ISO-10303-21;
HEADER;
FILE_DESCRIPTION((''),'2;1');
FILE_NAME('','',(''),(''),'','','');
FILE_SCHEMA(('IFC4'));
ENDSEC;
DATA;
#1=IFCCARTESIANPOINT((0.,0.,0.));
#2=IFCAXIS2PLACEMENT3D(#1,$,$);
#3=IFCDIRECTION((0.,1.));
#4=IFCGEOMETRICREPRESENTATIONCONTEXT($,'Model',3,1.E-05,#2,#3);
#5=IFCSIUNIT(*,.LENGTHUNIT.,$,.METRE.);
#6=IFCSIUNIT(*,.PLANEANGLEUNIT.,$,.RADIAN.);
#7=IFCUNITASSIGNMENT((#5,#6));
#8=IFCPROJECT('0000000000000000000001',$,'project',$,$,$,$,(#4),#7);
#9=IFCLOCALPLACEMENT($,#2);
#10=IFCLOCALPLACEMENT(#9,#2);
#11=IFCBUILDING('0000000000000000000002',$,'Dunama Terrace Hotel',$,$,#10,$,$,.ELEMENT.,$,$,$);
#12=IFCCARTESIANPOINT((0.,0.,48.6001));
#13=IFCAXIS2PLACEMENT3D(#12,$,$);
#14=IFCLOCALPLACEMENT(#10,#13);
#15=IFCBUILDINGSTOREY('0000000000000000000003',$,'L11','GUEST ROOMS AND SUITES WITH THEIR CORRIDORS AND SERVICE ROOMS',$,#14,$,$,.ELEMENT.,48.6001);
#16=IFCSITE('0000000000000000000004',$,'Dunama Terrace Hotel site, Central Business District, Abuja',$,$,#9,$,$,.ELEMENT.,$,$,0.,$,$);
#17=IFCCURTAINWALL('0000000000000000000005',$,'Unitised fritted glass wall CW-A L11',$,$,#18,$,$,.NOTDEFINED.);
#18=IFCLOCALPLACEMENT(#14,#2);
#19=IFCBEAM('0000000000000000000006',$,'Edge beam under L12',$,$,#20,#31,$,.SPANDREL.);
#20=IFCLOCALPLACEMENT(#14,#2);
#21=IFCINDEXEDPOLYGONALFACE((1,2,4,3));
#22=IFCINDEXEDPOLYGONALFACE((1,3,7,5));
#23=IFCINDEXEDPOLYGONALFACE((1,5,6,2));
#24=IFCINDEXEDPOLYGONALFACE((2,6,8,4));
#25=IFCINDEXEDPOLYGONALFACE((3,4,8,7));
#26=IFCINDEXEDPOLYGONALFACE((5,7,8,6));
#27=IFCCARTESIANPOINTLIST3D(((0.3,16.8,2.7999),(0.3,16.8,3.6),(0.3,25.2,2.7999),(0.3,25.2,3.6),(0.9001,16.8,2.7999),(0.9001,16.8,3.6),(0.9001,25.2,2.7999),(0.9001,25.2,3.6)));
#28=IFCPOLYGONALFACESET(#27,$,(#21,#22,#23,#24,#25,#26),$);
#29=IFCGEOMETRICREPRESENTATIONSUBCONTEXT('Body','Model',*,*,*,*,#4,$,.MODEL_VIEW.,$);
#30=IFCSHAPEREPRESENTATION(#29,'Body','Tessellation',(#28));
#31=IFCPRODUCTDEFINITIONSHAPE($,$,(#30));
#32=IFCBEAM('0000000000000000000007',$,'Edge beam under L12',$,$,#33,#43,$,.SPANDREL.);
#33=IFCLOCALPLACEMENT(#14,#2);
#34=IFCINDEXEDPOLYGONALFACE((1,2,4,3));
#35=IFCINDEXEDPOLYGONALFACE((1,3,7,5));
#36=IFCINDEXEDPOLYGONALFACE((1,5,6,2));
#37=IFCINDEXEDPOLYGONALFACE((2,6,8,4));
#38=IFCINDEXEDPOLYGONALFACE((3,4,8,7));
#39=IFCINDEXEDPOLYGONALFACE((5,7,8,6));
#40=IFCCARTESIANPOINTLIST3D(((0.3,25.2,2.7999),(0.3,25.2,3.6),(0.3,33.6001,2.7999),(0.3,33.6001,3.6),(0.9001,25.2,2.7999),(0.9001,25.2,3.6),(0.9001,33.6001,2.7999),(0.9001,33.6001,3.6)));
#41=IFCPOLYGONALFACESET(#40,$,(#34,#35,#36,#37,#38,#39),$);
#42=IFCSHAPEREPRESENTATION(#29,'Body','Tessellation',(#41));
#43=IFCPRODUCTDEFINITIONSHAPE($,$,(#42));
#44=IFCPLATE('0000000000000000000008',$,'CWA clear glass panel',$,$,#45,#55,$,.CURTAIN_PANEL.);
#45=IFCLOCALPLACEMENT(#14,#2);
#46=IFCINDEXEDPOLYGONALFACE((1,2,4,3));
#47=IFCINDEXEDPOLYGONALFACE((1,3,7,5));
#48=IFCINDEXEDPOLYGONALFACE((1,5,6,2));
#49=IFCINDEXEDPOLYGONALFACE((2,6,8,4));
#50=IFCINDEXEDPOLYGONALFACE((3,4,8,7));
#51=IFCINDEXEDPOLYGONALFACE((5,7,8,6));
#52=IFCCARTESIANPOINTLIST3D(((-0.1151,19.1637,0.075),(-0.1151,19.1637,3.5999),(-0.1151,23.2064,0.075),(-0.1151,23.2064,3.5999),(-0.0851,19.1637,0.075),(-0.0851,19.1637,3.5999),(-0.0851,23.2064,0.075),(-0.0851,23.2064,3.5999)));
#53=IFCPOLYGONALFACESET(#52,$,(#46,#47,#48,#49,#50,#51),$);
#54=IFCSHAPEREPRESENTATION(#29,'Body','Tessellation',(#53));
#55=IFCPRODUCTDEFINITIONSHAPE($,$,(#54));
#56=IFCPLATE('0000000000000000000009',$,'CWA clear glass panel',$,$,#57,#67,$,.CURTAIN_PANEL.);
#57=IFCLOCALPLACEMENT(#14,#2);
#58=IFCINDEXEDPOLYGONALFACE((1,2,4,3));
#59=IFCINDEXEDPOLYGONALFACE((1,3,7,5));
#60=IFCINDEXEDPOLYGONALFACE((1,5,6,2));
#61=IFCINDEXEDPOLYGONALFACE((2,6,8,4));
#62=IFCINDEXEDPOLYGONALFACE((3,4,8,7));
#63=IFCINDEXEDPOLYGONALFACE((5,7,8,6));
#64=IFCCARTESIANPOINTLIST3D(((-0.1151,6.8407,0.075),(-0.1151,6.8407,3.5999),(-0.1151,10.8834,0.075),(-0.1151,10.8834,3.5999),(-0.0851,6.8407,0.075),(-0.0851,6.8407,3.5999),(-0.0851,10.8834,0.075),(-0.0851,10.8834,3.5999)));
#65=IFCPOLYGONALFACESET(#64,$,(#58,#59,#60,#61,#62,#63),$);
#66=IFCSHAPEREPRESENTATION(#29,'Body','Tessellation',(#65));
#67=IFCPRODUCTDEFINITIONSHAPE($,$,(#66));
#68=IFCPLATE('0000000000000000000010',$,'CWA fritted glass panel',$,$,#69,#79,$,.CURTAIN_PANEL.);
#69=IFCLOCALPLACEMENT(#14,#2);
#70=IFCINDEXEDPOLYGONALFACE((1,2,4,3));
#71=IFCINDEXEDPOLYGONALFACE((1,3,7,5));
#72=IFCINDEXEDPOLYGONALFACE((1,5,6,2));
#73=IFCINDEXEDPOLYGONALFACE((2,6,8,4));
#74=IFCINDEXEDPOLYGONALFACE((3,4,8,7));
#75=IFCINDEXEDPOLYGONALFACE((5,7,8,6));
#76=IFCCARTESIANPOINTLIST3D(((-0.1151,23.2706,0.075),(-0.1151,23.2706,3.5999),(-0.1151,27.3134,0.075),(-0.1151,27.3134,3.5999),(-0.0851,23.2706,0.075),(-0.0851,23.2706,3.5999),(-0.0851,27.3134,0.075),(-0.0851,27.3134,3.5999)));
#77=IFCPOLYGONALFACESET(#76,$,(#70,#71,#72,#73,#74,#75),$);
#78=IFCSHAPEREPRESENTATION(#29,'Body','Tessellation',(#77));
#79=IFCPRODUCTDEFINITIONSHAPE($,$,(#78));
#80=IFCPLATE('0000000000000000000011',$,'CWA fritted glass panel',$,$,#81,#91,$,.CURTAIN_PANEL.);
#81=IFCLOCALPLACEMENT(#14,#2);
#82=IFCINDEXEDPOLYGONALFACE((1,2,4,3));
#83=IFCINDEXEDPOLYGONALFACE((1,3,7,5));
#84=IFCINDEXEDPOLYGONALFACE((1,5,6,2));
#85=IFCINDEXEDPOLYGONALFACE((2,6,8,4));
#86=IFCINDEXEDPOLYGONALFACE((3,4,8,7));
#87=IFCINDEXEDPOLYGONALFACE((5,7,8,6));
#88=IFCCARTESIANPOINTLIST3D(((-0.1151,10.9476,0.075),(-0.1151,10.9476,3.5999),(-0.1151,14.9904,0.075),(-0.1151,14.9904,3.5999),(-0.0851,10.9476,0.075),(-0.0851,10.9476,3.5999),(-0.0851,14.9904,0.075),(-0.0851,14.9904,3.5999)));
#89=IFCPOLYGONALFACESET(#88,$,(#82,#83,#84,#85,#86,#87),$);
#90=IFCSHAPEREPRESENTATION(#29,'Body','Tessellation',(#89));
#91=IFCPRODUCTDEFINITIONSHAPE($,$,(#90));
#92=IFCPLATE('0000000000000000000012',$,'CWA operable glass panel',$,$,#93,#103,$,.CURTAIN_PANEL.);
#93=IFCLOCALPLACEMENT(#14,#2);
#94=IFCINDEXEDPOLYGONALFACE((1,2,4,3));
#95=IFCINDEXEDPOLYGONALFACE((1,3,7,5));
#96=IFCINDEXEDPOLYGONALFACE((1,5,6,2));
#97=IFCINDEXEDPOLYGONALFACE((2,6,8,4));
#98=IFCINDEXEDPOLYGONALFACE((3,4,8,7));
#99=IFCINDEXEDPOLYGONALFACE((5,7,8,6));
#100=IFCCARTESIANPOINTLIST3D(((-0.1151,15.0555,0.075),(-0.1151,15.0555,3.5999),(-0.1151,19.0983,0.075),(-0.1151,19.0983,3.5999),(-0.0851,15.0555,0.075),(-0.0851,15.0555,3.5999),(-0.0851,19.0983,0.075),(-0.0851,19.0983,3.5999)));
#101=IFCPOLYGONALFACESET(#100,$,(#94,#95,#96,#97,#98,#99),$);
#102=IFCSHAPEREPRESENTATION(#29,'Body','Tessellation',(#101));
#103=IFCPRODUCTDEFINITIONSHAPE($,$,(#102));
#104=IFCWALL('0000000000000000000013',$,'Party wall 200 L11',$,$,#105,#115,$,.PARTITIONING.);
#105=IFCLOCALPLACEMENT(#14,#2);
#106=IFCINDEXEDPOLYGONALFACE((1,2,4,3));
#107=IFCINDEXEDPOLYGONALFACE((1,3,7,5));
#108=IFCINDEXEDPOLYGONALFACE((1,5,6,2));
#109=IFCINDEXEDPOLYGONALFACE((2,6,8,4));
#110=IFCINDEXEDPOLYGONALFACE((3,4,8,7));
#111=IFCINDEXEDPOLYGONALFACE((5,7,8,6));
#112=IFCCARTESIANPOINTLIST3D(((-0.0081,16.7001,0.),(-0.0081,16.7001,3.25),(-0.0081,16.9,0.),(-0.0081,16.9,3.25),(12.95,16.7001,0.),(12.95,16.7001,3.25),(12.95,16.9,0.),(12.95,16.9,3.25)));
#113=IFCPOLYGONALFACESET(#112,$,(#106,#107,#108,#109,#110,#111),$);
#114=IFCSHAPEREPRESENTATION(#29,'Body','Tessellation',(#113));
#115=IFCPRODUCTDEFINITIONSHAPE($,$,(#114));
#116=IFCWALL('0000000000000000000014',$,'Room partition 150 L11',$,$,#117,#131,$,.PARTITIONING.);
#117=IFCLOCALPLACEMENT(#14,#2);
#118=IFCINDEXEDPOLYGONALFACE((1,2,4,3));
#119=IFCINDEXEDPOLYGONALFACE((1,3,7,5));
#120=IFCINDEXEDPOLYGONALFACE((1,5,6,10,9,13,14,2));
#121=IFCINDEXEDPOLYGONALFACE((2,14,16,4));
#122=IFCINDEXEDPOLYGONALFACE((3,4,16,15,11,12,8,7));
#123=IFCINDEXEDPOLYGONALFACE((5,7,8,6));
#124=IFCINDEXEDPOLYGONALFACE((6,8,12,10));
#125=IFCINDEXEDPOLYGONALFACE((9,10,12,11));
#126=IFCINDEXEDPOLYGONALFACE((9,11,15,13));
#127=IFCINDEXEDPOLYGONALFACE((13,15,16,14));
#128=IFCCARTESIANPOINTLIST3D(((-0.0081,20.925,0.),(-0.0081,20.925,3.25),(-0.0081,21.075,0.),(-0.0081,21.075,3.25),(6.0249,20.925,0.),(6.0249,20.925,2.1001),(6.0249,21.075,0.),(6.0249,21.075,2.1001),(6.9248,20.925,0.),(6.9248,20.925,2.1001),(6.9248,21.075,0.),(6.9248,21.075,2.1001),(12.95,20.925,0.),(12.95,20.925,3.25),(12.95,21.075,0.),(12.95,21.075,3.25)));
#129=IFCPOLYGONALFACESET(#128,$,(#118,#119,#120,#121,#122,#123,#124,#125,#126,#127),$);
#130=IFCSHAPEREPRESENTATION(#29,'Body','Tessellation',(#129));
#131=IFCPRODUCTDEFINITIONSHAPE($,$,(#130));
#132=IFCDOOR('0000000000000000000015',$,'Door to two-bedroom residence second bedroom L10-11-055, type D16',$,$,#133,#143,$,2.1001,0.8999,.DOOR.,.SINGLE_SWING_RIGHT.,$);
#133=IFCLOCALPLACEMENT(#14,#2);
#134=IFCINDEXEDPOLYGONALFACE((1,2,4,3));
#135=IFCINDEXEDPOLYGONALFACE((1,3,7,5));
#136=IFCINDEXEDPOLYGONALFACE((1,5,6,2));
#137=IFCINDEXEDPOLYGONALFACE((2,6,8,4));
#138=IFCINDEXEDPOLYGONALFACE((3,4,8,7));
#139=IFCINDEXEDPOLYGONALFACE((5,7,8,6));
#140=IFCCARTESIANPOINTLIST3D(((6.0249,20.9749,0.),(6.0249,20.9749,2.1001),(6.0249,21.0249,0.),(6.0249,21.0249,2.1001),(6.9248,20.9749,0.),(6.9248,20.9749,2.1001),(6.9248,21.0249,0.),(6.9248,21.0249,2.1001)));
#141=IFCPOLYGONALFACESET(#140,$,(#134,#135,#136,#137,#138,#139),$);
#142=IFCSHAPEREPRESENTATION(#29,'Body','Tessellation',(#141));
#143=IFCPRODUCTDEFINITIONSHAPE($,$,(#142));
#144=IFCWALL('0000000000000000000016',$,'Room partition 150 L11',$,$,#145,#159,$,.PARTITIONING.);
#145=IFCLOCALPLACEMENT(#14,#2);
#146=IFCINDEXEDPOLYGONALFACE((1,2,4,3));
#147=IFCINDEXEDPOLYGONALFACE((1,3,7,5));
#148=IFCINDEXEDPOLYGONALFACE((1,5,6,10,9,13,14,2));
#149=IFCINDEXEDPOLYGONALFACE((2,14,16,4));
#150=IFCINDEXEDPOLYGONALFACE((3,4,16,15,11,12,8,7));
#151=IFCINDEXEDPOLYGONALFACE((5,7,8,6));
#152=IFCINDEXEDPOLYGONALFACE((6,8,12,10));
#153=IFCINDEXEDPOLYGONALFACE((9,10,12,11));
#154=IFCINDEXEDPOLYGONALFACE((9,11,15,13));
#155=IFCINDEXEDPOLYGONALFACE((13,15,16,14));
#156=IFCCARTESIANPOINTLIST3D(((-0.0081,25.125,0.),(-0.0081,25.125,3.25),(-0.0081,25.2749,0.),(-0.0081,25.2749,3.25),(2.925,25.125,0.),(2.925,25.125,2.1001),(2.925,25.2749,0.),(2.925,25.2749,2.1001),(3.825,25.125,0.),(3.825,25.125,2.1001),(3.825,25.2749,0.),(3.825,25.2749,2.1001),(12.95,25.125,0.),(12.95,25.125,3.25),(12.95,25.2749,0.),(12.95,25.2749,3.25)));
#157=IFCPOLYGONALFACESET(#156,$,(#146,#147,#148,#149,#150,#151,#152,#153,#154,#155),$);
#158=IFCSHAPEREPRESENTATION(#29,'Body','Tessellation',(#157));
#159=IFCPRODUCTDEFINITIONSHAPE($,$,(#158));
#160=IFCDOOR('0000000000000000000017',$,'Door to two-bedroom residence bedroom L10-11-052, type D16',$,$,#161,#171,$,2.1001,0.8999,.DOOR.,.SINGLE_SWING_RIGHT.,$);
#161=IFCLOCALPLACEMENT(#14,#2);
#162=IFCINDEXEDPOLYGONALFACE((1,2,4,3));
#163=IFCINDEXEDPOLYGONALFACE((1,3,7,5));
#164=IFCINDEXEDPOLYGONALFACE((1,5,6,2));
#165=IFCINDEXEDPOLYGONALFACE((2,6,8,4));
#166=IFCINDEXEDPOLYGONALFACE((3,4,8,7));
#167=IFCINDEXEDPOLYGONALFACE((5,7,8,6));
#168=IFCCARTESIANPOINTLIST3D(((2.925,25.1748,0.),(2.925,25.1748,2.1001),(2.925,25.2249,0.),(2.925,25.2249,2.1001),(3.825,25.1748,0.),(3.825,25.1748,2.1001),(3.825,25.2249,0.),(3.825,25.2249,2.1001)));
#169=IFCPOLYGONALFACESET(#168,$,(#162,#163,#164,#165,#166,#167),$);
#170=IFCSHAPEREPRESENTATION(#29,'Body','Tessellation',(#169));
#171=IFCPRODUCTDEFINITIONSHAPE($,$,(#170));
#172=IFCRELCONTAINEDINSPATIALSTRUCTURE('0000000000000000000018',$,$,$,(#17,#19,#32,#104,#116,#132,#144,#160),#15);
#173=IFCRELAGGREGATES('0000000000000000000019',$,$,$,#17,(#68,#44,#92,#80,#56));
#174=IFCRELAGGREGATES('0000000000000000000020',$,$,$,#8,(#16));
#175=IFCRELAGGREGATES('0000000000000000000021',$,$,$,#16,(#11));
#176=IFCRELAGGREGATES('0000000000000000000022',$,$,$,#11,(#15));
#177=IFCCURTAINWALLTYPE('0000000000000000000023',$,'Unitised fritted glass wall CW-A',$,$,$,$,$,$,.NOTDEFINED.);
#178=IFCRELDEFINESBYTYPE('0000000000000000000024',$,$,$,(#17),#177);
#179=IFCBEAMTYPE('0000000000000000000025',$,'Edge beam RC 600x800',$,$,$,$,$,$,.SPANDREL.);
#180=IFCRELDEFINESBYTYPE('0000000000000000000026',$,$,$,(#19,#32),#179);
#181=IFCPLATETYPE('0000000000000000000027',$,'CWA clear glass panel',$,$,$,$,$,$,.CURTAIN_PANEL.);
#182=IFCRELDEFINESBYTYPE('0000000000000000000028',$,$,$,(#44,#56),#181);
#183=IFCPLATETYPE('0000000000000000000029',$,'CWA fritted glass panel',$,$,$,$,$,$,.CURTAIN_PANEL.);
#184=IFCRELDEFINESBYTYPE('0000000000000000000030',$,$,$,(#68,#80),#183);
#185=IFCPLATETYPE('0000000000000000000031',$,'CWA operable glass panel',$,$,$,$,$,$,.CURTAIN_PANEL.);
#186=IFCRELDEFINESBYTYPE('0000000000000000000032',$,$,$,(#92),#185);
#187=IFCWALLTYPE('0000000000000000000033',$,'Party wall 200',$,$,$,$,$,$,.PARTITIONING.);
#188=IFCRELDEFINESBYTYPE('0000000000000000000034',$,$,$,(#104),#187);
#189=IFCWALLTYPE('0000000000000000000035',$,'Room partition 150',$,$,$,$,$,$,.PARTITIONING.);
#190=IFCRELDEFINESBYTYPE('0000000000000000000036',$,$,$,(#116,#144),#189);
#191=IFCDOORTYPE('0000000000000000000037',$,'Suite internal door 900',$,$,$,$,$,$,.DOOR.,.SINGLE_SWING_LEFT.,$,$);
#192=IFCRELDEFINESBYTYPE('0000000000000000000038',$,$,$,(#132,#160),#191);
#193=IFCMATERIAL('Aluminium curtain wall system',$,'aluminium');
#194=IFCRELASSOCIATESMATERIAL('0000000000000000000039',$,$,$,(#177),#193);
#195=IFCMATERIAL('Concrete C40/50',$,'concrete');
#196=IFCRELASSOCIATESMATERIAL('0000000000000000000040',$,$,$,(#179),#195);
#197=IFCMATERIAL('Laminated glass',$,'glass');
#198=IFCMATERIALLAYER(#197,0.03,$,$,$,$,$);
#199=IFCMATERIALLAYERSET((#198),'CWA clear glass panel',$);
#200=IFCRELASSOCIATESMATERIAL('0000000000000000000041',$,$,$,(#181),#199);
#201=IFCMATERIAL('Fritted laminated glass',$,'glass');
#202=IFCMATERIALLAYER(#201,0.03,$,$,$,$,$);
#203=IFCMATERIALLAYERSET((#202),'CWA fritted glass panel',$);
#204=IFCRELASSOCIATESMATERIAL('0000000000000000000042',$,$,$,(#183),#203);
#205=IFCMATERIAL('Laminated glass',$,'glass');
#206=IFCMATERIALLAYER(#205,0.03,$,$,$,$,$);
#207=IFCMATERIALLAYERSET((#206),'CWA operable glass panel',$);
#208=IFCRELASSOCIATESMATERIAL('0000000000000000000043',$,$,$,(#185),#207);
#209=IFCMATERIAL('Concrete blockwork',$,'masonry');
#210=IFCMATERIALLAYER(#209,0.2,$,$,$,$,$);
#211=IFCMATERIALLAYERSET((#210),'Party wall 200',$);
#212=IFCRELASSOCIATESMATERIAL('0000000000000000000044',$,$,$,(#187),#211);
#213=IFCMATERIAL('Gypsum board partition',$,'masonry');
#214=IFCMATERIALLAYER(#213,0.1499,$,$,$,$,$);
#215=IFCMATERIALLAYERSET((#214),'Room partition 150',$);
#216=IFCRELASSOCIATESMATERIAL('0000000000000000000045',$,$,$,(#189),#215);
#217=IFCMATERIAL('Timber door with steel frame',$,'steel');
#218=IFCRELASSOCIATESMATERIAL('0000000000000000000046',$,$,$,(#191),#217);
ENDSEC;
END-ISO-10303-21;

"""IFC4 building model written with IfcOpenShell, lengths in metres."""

from ifc_helpers import new_model, si_unit, direction, frame, frame_2d, origin, origin_2d, place, context, subcontext, project, spatial, rectangle, extrude, material, layer, layer_set, material_profile, profile_set, type_object, element, fill, aggregate, save


model = new_model("IFC4")

# Units and contexts
model_context = context("Model", 3, precision=1e-05, world=origin(), true_north=direction((0.0, 1.0)))
body_context = subcontext(model_context, "Body", "Model", "MODEL_VIEW")
ifc_project = project(units=[si_unit("LENGTHUNIT", "METRE"), si_unit("PLANEANGLEUNIT", "RADIAN")], contexts=[model_context])

# Site, building, storey
site_placement = place(None, origin())
site = spatial("IfcSite", under=ifc_project, at=site_placement, Name="Dunama Terrace Hotel site, Central Business District, Abuja", CompositionType="ELEMENT", RefElevation=0.0)
building_placement = place(site_placement, origin())
building = spatial("IfcBuilding", under=site, at=building_placement, Name="Dunama Terrace Hotel", CompositionType="ELEMENT")
storey_placement = place(building_placement, frame((0.0, 0.0, 48.6001)))
storey = spatial("IfcBuildingStorey", under=building, at=storey_placement, Name="L11", Description="GUEST ROOMS AND SUITES WITH THEIR CORRIDORS AND SERVICE ROOMS", CompositionType="ELEMENT", Elevation=48.6001)

# Curtain wall
ifc_material_1 = material(Name="Aluminium curtain wall system", Category="aluminium")
curtain_wall_type = type_object("IfcCurtainWallType", Name="Unitised fritted glass wall CW-A", PredefinedType="NOTDEFINED", material=ifc_material_1)
curtain_wall_placement = place(storey_placement, origin())
curtain_wall = element("IfcCurtainWall", 1, at=curtain_wall_placement, inside=storey, type_object=curtain_wall_type, Name="Unitised fritted glass wall CW-A L11", PredefinedType="NOTDEFINED")

# Beams
ifc_material_2 = material(Name="Concrete C40/50", Category="concrete")
ifc_material_profile_1 = material_profile(ifc_material_2, rectangle(XDim=0.6001, YDim=0.8, at=origin_2d()), Name="RC 600x800")
ifc_profile_set_1 = profile_set([ifc_material_profile_1], Name="Concrete C40/50")
beam_type = type_object("IfcBeamType", Name="Edge beam RC 600x800", PredefinedType="SPANDREL", material=ifc_profile_set_1)
beam_1_placement = place(storey_placement, frame((0.6001, 16.8, 3.2), z_axis=(0.0, 1.0, 0.0), x_axis=(-1.0, 0.0, 0.0)))
element("IfcBeam", 2, at=beam_1_placement, inside=storey, type_object=beam_type, Name="Edge beam under L12", PredefinedType="SPANDREL", context=body_context, shape_type="SweptSolid", body=[
    extrude(rectangle(XDim=0.6001, YDim=0.8, at=origin_2d()), origin(), (0.0, 0.0, 1.0), 8.3999),
])
beam_2_placement = place(storey_placement, frame((0.6001, 25.2, 3.2), z_axis=(0.0, 1.0, 0.0), x_axis=(-1.0, 0.0, 0.0)))
element("IfcBeam", 3, at=beam_2_placement, inside=storey, type_object=beam_type, Name="Edge beam under L12", PredefinedType="SPANDREL", context=body_context, shape_type="SweptSolid", body=[
    extrude(rectangle(XDim=0.6001, YDim=0.8, at=origin_2d()), origin(), (0.0, 0.0, 1.0), 8.4001),
])

# Plates
ifc_material_3 = material(Name="Laminated glass", Category="glass")
ifc_layer_1 = layer(ifc_material_3, 0.03)
ifc_layer_set_1 = layer_set([ifc_layer_1], Name="CWA clear glass panel")
plate_type_1 = type_object("IfcPlateType", Name="CWA clear glass panel", PredefinedType="CURTAIN_PANEL", material=ifc_layer_set_1)
plate_1_placement = place(storey_placement, frame((-0.1001, 21.1851, 0.075), z_axis=(0.0, 0.0, 1.0), x_axis=(0.0, -1.0, 0.0)))
plate_1 = element("IfcPlate", 4, at=plate_1_placement, type_object=plate_type_1, Name="CWA clear glass panel", PredefinedType="CURTAIN_PANEL", context=body_context, shape_type="SweptSolid", body=[
    extrude(rectangle(XDim=4.0427, YDim=0.03, at=origin_2d()), origin(), (0.0, 0.0, 1.0), 3.5249),
])
plate_2_placement = place(storey_placement, frame((-0.1001, 8.8621, 0.075), z_axis=(0.0, 0.0, 1.0), x_axis=(0.0, -1.0, 0.0)))
plate_2 = element("IfcPlate", 5, at=plate_2_placement, type_object=plate_type_1, Name="CWA clear glass panel", PredefinedType="CURTAIN_PANEL", context=body_context, shape_type="SweptSolid", body=[
    extrude(rectangle(XDim=4.0427, YDim=0.03, at=origin_2d()), origin(), (0.0, 0.0, 1.0), 3.5249),
])
ifc_material_4 = material(Name="Fritted laminated glass", Category="glass")
ifc_layer_2 = layer(ifc_material_4, 0.03)
ifc_layer_set_2 = layer_set([ifc_layer_2], Name="CWA fritted glass panel")
plate_type_2 = type_object("IfcPlateType", Name="CWA fritted glass panel", PredefinedType="CURTAIN_PANEL", material=ifc_layer_set_2)
plate_3_placement = place(storey_placement, frame((-0.1001, 25.292, 0.075), z_axis=(0.0, 0.0, 1.0), x_axis=(0.0, -1.0, 0.0)))
plate_3 = element("IfcPlate", 6, at=plate_3_placement, type_object=plate_type_2, Name="CWA fritted glass panel", PredefinedType="CURTAIN_PANEL", context=body_context, shape_type="SweptSolid", body=[
    extrude(rectangle(XDim=4.0427, YDim=0.03, at=origin_2d()), origin(), (0.0, 0.0, 1.0), 3.5249),
])
plate_4_placement = place(storey_placement, frame((-0.1001, 12.969, 0.075), z_axis=(0.0, 0.0, 1.0), x_axis=(0.0, -1.0, 0.0)))
plate_4 = element("IfcPlate", 7, at=plate_4_placement, type_object=plate_type_2, Name="CWA fritted glass panel", PredefinedType="CURTAIN_PANEL", context=body_context, shape_type="SweptSolid", body=[
    extrude(rectangle(XDim=4.0427, YDim=0.03, at=origin_2d()), origin(), (0.0, 0.0, 1.0), 3.5249),
])
ifc_material_5 = material(Name="Laminated glass", Category="glass")
ifc_layer_3 = layer(ifc_material_5, 0.03)
ifc_layer_set_3 = layer_set([ifc_layer_3], Name="CWA operable glass panel")
plate_type_3 = type_object("IfcPlateType", Name="CWA operable glass panel", PredefinedType="CURTAIN_PANEL", material=ifc_layer_set_3)
plate_5_placement = place(storey_placement, frame((-0.1001, 17.0769, 0.075), z_axis=(0.0, 0.0, 1.0), x_axis=(0.0, -1.0, 0.0)))
plate_5 = element("IfcPlate", 8, at=plate_5_placement, type_object=plate_type_3, Name="CWA operable glass panel", PredefinedType="CURTAIN_PANEL", context=body_context, shape_type="SweptSolid", body=[
    extrude(rectangle(XDim=4.0427, YDim=0.03, at=origin_2d()), origin(), (0.0, 0.0, 1.0), 3.5249),
])
aggregate(curtain_wall, [plate_3, plate_1, plate_5, plate_4, plate_2])

# Wall
ifc_material_6 = material(Name="Concrete blockwork", Category="masonry")
ifc_layer_4 = layer(ifc_material_6, 0.2)
ifc_layer_set_4 = layer_set([ifc_layer_4], Name="Party wall 200")
wall_type_1 = type_object("IfcWallType", Name="Party wall 200", PredefinedType="PARTITIONING", material=ifc_layer_set_4)
wall_1_placement = place(storey_placement, frame((-0.0081, 16.8, 0.0), z_axis=(0.0, 0.0, 1.0), x_axis=(1.0, 0.0, 0.0)))
element("IfcWall", 9, at=wall_1_placement, inside=storey, type_object=wall_type_1, Name="Party wall 200 L11", PredefinedType="PARTITIONING", context=body_context, shape_type="SweptSolid", body=[
    extrude(rectangle(XDim=12.958, YDim=0.2, at=frame_2d((6.479, 0.0))), origin(), (0.0, 0.0, 1.0), 3.25),
])

# Walls, openings, doors
ifc_material_7 = material(Name="Gypsum board partition", Category="masonry")
ifc_layer_5 = layer(ifc_material_7, 0.1499)
ifc_layer_set_5 = layer_set([ifc_layer_5], Name="Room partition 150")
wall_type_2 = type_object("IfcWallType", Name="Room partition 150", PredefinedType="PARTITIONING", material=ifc_layer_set_5)
wall_2_placement = place(storey_placement, frame((-0.0081, 21.0, 0.0), z_axis=(0.0, 0.0, 1.0), x_axis=(1.0, 0.0, 0.0)))
wall_2 = element("IfcWall", 10, at=wall_2_placement, inside=storey, type_object=wall_type_2, Name="Room partition 150 L11", PredefinedType="PARTITIONING", context=body_context, shape_type="SweptSolid", body=[
    extrude(rectangle(XDim=12.958, YDim=0.1499, at=frame_2d((6.479, 0.0))), origin(), (0.0, 0.0, 1.0), 3.25),
])
opening_1_placement = place(wall_2_placement, frame((6.033, 0.0, 0.0)))
opening_1 = element("IfcOpeningElement", 11, at=opening_1_placement, cuts=wall_2, PredefinedType="OPENING", context=body_context, shape_type="SweptSolid", body=[
    extrude(rectangle(XDim=0.8999, YDim=2.1001, at=frame_2d((0.45, 1.05))), frame((0.0, 0.085, 0.0), z_axis=(0.0, -1.0, 0.0), x_axis=(1.0, 0.0, 0.0)), (0.0, 0.0, 1.0), 0.1699),
])
ifc_material_8 = material(Name="Timber door with steel frame", Category="steel")
door_type = type_object("IfcDoorType", Name="Suite internal door 900", OperationType="SINGLE_SWING_LEFT", PredefinedType="DOOR", material=ifc_material_8)
door_1_placement = place(opening_1_placement, frame((0.8999, 0.0, 0.0), z_axis=(0.0, 0.0, 1.0), x_axis=(-1.0, 0.0, 0.0)))
door_1 = element("IfcDoor", 12, at=door_1_placement, inside=storey, type_object=door_type, Name="Door to two-bedroom residence second bedroom L10-11-055, type D16", OperationType="SINGLE_SWING_RIGHT", OverallHeight=2.1001, OverallWidth=0.8999, PredefinedType="DOOR", context=body_context, shape_type="SweptSolid", body=[
    extrude(rectangle(XDim=0.8999, YDim=2.1001, at=frame_2d((0.45, 1.05))), frame((0.0, 0.0251, 0.0), z_axis=(0.0, -1.0, 0.0), x_axis=(1.0, 0.0, 0.0)), (0.0, 0.0, 1.0), 0.05),
])
fill(opening_1, door_1)
wall_3_placement = place(storey_placement, frame((-0.0081, 25.2, 0.0), z_axis=(0.0, 0.0, 1.0), x_axis=(1.0, 0.0, 0.0)))
wall_3 = element("IfcWall", 13, at=wall_3_placement, inside=storey, type_object=wall_type_2, Name="Room partition 150 L11", PredefinedType="PARTITIONING", context=body_context, shape_type="SweptSolid", body=[
    extrude(rectangle(XDim=12.958, YDim=0.1499, at=frame_2d((6.479, 0.0))), origin(), (0.0, 0.0, 1.0), 3.25),
])
opening_2_placement = place(wall_3_placement, frame((2.9331, 0.0, 0.0)))
opening_2 = element("IfcOpeningElement", 14, at=opening_2_placement, cuts=wall_3, PredefinedType="OPENING", context=body_context, shape_type="SweptSolid", body=[
    extrude(rectangle(XDim=0.8999, YDim=2.1001, at=frame_2d((0.45, 1.05))), frame((0.0, 0.085, 0.0), z_axis=(0.0, -1.0, 0.0), x_axis=(1.0, 0.0, 0.0)), (0.0, 0.0, 1.0), 0.1699),
])
door_2_placement = place(opening_2_placement, origin())
door_2 = element("IfcDoor", 15, at=door_2_placement, inside=storey, type_object=door_type, Name="Door to two-bedroom residence bedroom L10-11-052, type D16", OperationType="SINGLE_SWING_RIGHT", OverallHeight=2.1001, OverallWidth=0.8999, PredefinedType="DOOR", context=body_context, shape_type="SweptSolid", body=[
    extrude(rectangle(XDim=0.8999, YDim=2.1001, at=frame_2d((0.45, 1.05))), frame((0.0, 0.0249, 0.0), z_axis=(0.0, -1.0, 0.0), x_axis=(1.0, 0.0, 0.0)), (0.0, 0.0, 1.0), 0.05),
])
fill(opening_2, door_2)

save(model, "model.ifc")
